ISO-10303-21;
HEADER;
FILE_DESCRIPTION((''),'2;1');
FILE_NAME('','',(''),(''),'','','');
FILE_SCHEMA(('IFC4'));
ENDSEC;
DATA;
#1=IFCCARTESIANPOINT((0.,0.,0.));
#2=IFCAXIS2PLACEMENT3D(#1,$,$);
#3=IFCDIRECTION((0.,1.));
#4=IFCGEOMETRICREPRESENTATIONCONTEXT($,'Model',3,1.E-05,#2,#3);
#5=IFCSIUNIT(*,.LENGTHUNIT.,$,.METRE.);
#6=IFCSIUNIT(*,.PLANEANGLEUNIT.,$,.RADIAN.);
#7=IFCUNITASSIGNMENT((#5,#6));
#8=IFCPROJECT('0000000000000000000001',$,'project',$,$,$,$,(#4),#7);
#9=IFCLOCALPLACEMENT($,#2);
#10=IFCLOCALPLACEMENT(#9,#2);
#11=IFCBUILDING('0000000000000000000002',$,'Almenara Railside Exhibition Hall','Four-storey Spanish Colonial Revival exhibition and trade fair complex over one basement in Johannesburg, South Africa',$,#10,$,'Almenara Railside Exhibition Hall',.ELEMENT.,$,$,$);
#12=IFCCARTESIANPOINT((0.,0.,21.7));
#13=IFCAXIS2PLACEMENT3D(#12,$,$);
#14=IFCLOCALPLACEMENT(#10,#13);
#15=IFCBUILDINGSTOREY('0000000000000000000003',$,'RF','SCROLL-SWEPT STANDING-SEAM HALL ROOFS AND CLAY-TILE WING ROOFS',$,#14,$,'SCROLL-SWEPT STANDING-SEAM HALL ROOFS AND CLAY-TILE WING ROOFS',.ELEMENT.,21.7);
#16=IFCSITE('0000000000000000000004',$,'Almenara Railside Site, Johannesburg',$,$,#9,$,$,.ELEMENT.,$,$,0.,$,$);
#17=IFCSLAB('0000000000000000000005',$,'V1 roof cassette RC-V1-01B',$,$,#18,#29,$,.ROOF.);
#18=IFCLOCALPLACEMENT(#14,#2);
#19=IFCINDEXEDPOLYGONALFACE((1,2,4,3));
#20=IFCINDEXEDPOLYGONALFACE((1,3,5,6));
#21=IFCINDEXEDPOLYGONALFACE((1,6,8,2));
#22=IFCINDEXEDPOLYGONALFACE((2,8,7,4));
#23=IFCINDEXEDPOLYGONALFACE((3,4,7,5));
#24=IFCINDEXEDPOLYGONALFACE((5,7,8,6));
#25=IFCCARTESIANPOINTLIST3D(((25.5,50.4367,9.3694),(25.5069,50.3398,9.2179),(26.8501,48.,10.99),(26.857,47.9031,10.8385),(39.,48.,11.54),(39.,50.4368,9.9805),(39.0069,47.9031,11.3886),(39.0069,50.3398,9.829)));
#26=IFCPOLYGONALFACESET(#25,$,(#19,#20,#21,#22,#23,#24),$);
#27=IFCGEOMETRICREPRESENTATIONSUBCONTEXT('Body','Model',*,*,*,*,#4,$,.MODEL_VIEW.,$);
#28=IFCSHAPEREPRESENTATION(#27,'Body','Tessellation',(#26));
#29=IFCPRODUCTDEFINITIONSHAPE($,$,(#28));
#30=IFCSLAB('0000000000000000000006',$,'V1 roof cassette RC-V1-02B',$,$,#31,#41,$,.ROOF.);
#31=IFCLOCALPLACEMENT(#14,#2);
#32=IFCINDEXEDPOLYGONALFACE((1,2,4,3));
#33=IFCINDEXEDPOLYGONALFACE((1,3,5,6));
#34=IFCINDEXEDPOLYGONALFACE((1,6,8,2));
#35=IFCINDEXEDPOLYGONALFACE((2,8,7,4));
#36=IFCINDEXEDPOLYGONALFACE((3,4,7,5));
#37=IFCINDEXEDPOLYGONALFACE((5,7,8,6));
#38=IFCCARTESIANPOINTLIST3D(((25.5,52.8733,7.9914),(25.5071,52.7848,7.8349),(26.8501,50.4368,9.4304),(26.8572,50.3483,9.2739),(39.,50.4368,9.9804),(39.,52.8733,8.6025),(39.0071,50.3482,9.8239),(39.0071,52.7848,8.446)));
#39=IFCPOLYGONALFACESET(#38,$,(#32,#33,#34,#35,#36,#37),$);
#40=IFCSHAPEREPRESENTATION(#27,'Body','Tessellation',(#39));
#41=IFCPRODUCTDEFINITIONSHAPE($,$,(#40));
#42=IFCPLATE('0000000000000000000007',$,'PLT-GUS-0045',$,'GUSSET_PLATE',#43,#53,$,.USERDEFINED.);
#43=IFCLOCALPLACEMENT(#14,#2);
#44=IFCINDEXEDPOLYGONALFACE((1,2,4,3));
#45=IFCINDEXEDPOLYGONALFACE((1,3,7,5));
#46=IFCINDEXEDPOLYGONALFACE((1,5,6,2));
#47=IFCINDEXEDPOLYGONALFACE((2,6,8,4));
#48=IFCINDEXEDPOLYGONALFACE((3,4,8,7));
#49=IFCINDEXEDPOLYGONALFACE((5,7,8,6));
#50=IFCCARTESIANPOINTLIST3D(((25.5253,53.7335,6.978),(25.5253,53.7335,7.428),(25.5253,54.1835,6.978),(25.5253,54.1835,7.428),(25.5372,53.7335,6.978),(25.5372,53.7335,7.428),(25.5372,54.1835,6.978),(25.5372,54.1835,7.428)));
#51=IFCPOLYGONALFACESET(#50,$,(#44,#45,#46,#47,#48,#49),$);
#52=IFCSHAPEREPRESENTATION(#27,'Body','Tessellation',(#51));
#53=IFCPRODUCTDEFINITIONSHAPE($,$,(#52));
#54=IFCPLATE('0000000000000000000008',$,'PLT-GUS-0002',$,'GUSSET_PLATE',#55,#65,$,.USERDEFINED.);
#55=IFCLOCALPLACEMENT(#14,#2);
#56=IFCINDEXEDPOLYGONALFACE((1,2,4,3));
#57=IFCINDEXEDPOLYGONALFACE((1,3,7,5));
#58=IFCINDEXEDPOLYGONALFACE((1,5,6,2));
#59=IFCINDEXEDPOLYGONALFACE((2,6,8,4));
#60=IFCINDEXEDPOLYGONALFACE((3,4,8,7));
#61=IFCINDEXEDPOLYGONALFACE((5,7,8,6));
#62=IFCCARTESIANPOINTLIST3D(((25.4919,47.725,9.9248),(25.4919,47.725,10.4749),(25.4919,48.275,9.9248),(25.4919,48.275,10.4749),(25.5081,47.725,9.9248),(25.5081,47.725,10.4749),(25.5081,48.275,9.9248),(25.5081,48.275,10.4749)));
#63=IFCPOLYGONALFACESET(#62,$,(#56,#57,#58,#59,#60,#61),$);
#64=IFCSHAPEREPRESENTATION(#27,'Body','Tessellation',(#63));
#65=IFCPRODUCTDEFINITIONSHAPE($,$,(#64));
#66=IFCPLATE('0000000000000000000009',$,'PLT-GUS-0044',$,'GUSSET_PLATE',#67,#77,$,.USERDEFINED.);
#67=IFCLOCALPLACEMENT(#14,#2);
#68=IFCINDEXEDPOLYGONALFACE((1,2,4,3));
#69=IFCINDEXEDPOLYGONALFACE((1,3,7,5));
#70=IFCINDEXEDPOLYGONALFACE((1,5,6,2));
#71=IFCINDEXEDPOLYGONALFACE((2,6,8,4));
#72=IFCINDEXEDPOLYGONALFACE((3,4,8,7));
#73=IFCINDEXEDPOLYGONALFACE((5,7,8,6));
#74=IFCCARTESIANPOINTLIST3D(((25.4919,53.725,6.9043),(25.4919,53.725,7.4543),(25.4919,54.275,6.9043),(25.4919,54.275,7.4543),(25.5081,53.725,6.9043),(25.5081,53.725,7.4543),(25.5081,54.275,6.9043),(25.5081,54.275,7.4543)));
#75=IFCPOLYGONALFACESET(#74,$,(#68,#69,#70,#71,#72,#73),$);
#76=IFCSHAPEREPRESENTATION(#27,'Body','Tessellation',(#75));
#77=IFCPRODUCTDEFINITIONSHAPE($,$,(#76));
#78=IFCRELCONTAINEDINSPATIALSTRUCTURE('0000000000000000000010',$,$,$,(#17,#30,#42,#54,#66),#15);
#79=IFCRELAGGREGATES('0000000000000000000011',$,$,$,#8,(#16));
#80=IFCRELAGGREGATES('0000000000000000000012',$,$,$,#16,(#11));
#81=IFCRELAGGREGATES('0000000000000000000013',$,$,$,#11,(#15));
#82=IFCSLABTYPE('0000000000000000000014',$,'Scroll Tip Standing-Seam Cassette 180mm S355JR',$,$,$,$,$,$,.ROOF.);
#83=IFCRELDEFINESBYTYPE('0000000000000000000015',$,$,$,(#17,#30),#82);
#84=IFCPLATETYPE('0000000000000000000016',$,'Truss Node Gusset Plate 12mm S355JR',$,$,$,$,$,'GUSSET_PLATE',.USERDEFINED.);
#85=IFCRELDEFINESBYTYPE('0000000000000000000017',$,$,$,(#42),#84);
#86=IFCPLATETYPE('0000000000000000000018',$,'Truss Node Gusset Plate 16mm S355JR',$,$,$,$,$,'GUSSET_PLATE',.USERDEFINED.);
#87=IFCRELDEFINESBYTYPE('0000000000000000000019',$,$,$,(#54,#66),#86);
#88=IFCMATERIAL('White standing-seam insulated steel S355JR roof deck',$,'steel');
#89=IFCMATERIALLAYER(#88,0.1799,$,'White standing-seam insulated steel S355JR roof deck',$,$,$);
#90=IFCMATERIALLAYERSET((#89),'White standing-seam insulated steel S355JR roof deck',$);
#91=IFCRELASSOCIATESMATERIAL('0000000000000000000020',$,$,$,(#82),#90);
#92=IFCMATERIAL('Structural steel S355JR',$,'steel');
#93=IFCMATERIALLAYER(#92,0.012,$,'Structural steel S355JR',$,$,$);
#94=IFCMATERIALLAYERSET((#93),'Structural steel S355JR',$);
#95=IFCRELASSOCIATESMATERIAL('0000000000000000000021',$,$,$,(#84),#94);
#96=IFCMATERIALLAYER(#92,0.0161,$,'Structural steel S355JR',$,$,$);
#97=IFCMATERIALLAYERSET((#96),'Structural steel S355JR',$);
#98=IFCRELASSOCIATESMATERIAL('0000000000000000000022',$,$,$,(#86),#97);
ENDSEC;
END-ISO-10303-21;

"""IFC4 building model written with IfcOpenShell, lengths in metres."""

from ifc_helpers import new_model, si_unit, direction, frame, origin, origin_2d, place, context, subcontext, project, spatial, polyline, rectangle, outline, extrude, material, layer, layer_set, type_object, element, save


model = new_model("IFC4")

# Units and contexts
model_context = context("Model", 3, precision=1e-05, world=origin(), true_north=direction((0.0, 1.0)))
body_context = subcontext(model_context, "Body", "Model", "MODEL_VIEW")
ifc_project = project(units=[si_unit("LENGTHUNIT", "METRE"), si_unit("PLANEANGLEUNIT", "RADIAN")], contexts=[model_context])

# Site, building, storey
site_placement = place(None, origin())
site = spatial("IfcSite", under=ifc_project, at=site_placement, Name="Almenara Railside Site, Johannesburg", CompositionType="ELEMENT", RefElevation=0.0)
building_placement = place(site_placement, origin())
building = spatial("IfcBuilding", under=site, at=building_placement, Name="Almenara Railside Exhibition Hall", Description="Four-storey Spanish Colonial Revival exhibition and trade fair complex over one basement in Johannesburg, South Africa", LongName="Almenara Railside Exhibition Hall", CompositionType="ELEMENT")
storey_placement = place(building_placement, frame((0.0, 0.0, 21.7)))
storey = spatial("IfcBuildingStorey", under=building, at=storey_placement, Name="RF", Description="SCROLL-SWEPT STANDING-SEAM HALL ROOFS AND CLAY-TILE WING ROOFS", LongName="SCROLL-SWEPT STANDING-SEAM HALL ROOFS AND CLAY-TILE WING ROOFS", CompositionType="ELEMENT", Elevation=21.7)

# Shared definitions
ifc_material_1 = material(Name="Structural steel S355JR", Category="steel")

# Slabs
ifc_material_2 = material(Name="White standing-seam insulated steel S355JR roof deck", Category="steel")
ifc_layer_1 = layer(ifc_material_2, 0.1799, Name="White standing-seam insulated steel S355JR roof deck")
ifc_layer_set_1 = layer_set([ifc_layer_1], Name="White standing-seam insulated steel S355JR roof deck")
slab_type_1 = type_object("IfcSlabType", Name="Scroll Tip Standing-Seam Cassette 180mm S355JR", PredefinedType="ROOF", material=ifc_layer_set_1)
slab_1_placement = place(storey_placement, frame((26.8501, 48.0, 10.99), z_axis=(-0.038101, 0.538662, 0.84166), x_axis=(0.998977, -0.000002, 0.045223)))
element("IfcSlab", 1, at=slab_1_placement, inside=storey, type_object=slab_type_1, Name="V1 roof cassette RC-V1-01B", PredefinedType="ROOF", context=body_context, shape_type="SweptSolid", body=[
    extrude(outline(polyline([(0.0, 0.0), (12.1623, 0.0), (12.0918, 2.8923), (-1.422, 2.8922), (0.0, 0.0)])), origin(), (0.0, 0.0, -1.0), 0.1799),
])
slab_2_placement = place(storey_placement, frame((26.8501, 50.4368, 9.4304), z_axis=(-0.039374, 0.491871, 0.869777), x_axis=(0.998977, -0.000001, 0.045223)))
element("IfcSlab", 2, at=slab_2_placement, inside=storey, type_object=slab_type_1, Name="V1 roof cassette RC-V1-02B", PredefinedType="ROOF", context=body_context, shape_type="SweptSolid", body=[
    extrude(outline(polyline([(0.0, 0.0), (12.1623, 0.0), (12.1, 2.7985), (-1.4138, 2.7984), (0.0, 0.0)])), origin(), (0.0, 0.0, -1.0), 0.1799),
])

# Plates
ifc_layer_2 = layer(ifc_material_1, 0.012, Name="Structural steel S355JR")
ifc_layer_set_2 = layer_set([ifc_layer_2], Name="Structural steel S355JR")
plate_type_1 = type_object("IfcPlateType", Name="Truss Node Gusset Plate 12mm S355JR", ElementType="GUSSET_PLATE", PredefinedType="USERDEFINED", material=ifc_layer_set_2)
plate_1_placement = place(storey_placement, frame((25.5312, 53.9585, 6.978), z_axis=(0.0, 0.0, 1.0), x_axis=(0.0, 1.0, 0.0)))
element("IfcPlate", 3, at=plate_1_placement, inside=storey, type_object=plate_type_1, Name="PLT-GUS-0045", ObjectType="GUSSET_PLATE", PredefinedType="USERDEFINED", context=body_context, shape_type="SweptSolid", body=[
    extrude(rectangle(XDim=0.45, YDim=0.012, at=origin_2d()), origin(), (0.0, 0.0, 1.0), 0.45),
])
ifc_layer_3 = layer(ifc_material_1, 0.0161, Name="Structural steel S355JR")
ifc_layer_set_3 = layer_set([ifc_layer_3], Name="Structural steel S355JR")
plate_type_2 = type_object("IfcPlateType", Name="Truss Node Gusset Plate 16mm S355JR", ElementType="GUSSET_PLATE", PredefinedType="USERDEFINED", material=ifc_layer_set_3)
for number, where, z_axis, x_axis, name in (
    (4, (25.5, 48.0, 9.9248), (0.0, 0.0, 1.0), (0.0, 1.0, 0.0), "PLT-GUS-0002"),
    (5, (25.5, 54.0, 6.9043), (0.0, 0.0, 1.0), (0.0, 1.0, 0.0), "PLT-GUS-0044"),
):
    element("IfcPlate", number, at=place(storey_placement, frame(where, z_axis=z_axis, x_axis=x_axis)), inside=storey, type_object=plate_type_2, Name=name, ObjectType="GUSSET_PLATE", PredefinedType="USERDEFINED", context=body_context, shape_type="SweptSolid", body=[
        extrude(rectangle(XDim=0.55, YDim=0.0161, at=origin_2d()), origin(), (0.0, 0.0, 1.0), 0.55),
    ])

save(model, "model.ifc")
